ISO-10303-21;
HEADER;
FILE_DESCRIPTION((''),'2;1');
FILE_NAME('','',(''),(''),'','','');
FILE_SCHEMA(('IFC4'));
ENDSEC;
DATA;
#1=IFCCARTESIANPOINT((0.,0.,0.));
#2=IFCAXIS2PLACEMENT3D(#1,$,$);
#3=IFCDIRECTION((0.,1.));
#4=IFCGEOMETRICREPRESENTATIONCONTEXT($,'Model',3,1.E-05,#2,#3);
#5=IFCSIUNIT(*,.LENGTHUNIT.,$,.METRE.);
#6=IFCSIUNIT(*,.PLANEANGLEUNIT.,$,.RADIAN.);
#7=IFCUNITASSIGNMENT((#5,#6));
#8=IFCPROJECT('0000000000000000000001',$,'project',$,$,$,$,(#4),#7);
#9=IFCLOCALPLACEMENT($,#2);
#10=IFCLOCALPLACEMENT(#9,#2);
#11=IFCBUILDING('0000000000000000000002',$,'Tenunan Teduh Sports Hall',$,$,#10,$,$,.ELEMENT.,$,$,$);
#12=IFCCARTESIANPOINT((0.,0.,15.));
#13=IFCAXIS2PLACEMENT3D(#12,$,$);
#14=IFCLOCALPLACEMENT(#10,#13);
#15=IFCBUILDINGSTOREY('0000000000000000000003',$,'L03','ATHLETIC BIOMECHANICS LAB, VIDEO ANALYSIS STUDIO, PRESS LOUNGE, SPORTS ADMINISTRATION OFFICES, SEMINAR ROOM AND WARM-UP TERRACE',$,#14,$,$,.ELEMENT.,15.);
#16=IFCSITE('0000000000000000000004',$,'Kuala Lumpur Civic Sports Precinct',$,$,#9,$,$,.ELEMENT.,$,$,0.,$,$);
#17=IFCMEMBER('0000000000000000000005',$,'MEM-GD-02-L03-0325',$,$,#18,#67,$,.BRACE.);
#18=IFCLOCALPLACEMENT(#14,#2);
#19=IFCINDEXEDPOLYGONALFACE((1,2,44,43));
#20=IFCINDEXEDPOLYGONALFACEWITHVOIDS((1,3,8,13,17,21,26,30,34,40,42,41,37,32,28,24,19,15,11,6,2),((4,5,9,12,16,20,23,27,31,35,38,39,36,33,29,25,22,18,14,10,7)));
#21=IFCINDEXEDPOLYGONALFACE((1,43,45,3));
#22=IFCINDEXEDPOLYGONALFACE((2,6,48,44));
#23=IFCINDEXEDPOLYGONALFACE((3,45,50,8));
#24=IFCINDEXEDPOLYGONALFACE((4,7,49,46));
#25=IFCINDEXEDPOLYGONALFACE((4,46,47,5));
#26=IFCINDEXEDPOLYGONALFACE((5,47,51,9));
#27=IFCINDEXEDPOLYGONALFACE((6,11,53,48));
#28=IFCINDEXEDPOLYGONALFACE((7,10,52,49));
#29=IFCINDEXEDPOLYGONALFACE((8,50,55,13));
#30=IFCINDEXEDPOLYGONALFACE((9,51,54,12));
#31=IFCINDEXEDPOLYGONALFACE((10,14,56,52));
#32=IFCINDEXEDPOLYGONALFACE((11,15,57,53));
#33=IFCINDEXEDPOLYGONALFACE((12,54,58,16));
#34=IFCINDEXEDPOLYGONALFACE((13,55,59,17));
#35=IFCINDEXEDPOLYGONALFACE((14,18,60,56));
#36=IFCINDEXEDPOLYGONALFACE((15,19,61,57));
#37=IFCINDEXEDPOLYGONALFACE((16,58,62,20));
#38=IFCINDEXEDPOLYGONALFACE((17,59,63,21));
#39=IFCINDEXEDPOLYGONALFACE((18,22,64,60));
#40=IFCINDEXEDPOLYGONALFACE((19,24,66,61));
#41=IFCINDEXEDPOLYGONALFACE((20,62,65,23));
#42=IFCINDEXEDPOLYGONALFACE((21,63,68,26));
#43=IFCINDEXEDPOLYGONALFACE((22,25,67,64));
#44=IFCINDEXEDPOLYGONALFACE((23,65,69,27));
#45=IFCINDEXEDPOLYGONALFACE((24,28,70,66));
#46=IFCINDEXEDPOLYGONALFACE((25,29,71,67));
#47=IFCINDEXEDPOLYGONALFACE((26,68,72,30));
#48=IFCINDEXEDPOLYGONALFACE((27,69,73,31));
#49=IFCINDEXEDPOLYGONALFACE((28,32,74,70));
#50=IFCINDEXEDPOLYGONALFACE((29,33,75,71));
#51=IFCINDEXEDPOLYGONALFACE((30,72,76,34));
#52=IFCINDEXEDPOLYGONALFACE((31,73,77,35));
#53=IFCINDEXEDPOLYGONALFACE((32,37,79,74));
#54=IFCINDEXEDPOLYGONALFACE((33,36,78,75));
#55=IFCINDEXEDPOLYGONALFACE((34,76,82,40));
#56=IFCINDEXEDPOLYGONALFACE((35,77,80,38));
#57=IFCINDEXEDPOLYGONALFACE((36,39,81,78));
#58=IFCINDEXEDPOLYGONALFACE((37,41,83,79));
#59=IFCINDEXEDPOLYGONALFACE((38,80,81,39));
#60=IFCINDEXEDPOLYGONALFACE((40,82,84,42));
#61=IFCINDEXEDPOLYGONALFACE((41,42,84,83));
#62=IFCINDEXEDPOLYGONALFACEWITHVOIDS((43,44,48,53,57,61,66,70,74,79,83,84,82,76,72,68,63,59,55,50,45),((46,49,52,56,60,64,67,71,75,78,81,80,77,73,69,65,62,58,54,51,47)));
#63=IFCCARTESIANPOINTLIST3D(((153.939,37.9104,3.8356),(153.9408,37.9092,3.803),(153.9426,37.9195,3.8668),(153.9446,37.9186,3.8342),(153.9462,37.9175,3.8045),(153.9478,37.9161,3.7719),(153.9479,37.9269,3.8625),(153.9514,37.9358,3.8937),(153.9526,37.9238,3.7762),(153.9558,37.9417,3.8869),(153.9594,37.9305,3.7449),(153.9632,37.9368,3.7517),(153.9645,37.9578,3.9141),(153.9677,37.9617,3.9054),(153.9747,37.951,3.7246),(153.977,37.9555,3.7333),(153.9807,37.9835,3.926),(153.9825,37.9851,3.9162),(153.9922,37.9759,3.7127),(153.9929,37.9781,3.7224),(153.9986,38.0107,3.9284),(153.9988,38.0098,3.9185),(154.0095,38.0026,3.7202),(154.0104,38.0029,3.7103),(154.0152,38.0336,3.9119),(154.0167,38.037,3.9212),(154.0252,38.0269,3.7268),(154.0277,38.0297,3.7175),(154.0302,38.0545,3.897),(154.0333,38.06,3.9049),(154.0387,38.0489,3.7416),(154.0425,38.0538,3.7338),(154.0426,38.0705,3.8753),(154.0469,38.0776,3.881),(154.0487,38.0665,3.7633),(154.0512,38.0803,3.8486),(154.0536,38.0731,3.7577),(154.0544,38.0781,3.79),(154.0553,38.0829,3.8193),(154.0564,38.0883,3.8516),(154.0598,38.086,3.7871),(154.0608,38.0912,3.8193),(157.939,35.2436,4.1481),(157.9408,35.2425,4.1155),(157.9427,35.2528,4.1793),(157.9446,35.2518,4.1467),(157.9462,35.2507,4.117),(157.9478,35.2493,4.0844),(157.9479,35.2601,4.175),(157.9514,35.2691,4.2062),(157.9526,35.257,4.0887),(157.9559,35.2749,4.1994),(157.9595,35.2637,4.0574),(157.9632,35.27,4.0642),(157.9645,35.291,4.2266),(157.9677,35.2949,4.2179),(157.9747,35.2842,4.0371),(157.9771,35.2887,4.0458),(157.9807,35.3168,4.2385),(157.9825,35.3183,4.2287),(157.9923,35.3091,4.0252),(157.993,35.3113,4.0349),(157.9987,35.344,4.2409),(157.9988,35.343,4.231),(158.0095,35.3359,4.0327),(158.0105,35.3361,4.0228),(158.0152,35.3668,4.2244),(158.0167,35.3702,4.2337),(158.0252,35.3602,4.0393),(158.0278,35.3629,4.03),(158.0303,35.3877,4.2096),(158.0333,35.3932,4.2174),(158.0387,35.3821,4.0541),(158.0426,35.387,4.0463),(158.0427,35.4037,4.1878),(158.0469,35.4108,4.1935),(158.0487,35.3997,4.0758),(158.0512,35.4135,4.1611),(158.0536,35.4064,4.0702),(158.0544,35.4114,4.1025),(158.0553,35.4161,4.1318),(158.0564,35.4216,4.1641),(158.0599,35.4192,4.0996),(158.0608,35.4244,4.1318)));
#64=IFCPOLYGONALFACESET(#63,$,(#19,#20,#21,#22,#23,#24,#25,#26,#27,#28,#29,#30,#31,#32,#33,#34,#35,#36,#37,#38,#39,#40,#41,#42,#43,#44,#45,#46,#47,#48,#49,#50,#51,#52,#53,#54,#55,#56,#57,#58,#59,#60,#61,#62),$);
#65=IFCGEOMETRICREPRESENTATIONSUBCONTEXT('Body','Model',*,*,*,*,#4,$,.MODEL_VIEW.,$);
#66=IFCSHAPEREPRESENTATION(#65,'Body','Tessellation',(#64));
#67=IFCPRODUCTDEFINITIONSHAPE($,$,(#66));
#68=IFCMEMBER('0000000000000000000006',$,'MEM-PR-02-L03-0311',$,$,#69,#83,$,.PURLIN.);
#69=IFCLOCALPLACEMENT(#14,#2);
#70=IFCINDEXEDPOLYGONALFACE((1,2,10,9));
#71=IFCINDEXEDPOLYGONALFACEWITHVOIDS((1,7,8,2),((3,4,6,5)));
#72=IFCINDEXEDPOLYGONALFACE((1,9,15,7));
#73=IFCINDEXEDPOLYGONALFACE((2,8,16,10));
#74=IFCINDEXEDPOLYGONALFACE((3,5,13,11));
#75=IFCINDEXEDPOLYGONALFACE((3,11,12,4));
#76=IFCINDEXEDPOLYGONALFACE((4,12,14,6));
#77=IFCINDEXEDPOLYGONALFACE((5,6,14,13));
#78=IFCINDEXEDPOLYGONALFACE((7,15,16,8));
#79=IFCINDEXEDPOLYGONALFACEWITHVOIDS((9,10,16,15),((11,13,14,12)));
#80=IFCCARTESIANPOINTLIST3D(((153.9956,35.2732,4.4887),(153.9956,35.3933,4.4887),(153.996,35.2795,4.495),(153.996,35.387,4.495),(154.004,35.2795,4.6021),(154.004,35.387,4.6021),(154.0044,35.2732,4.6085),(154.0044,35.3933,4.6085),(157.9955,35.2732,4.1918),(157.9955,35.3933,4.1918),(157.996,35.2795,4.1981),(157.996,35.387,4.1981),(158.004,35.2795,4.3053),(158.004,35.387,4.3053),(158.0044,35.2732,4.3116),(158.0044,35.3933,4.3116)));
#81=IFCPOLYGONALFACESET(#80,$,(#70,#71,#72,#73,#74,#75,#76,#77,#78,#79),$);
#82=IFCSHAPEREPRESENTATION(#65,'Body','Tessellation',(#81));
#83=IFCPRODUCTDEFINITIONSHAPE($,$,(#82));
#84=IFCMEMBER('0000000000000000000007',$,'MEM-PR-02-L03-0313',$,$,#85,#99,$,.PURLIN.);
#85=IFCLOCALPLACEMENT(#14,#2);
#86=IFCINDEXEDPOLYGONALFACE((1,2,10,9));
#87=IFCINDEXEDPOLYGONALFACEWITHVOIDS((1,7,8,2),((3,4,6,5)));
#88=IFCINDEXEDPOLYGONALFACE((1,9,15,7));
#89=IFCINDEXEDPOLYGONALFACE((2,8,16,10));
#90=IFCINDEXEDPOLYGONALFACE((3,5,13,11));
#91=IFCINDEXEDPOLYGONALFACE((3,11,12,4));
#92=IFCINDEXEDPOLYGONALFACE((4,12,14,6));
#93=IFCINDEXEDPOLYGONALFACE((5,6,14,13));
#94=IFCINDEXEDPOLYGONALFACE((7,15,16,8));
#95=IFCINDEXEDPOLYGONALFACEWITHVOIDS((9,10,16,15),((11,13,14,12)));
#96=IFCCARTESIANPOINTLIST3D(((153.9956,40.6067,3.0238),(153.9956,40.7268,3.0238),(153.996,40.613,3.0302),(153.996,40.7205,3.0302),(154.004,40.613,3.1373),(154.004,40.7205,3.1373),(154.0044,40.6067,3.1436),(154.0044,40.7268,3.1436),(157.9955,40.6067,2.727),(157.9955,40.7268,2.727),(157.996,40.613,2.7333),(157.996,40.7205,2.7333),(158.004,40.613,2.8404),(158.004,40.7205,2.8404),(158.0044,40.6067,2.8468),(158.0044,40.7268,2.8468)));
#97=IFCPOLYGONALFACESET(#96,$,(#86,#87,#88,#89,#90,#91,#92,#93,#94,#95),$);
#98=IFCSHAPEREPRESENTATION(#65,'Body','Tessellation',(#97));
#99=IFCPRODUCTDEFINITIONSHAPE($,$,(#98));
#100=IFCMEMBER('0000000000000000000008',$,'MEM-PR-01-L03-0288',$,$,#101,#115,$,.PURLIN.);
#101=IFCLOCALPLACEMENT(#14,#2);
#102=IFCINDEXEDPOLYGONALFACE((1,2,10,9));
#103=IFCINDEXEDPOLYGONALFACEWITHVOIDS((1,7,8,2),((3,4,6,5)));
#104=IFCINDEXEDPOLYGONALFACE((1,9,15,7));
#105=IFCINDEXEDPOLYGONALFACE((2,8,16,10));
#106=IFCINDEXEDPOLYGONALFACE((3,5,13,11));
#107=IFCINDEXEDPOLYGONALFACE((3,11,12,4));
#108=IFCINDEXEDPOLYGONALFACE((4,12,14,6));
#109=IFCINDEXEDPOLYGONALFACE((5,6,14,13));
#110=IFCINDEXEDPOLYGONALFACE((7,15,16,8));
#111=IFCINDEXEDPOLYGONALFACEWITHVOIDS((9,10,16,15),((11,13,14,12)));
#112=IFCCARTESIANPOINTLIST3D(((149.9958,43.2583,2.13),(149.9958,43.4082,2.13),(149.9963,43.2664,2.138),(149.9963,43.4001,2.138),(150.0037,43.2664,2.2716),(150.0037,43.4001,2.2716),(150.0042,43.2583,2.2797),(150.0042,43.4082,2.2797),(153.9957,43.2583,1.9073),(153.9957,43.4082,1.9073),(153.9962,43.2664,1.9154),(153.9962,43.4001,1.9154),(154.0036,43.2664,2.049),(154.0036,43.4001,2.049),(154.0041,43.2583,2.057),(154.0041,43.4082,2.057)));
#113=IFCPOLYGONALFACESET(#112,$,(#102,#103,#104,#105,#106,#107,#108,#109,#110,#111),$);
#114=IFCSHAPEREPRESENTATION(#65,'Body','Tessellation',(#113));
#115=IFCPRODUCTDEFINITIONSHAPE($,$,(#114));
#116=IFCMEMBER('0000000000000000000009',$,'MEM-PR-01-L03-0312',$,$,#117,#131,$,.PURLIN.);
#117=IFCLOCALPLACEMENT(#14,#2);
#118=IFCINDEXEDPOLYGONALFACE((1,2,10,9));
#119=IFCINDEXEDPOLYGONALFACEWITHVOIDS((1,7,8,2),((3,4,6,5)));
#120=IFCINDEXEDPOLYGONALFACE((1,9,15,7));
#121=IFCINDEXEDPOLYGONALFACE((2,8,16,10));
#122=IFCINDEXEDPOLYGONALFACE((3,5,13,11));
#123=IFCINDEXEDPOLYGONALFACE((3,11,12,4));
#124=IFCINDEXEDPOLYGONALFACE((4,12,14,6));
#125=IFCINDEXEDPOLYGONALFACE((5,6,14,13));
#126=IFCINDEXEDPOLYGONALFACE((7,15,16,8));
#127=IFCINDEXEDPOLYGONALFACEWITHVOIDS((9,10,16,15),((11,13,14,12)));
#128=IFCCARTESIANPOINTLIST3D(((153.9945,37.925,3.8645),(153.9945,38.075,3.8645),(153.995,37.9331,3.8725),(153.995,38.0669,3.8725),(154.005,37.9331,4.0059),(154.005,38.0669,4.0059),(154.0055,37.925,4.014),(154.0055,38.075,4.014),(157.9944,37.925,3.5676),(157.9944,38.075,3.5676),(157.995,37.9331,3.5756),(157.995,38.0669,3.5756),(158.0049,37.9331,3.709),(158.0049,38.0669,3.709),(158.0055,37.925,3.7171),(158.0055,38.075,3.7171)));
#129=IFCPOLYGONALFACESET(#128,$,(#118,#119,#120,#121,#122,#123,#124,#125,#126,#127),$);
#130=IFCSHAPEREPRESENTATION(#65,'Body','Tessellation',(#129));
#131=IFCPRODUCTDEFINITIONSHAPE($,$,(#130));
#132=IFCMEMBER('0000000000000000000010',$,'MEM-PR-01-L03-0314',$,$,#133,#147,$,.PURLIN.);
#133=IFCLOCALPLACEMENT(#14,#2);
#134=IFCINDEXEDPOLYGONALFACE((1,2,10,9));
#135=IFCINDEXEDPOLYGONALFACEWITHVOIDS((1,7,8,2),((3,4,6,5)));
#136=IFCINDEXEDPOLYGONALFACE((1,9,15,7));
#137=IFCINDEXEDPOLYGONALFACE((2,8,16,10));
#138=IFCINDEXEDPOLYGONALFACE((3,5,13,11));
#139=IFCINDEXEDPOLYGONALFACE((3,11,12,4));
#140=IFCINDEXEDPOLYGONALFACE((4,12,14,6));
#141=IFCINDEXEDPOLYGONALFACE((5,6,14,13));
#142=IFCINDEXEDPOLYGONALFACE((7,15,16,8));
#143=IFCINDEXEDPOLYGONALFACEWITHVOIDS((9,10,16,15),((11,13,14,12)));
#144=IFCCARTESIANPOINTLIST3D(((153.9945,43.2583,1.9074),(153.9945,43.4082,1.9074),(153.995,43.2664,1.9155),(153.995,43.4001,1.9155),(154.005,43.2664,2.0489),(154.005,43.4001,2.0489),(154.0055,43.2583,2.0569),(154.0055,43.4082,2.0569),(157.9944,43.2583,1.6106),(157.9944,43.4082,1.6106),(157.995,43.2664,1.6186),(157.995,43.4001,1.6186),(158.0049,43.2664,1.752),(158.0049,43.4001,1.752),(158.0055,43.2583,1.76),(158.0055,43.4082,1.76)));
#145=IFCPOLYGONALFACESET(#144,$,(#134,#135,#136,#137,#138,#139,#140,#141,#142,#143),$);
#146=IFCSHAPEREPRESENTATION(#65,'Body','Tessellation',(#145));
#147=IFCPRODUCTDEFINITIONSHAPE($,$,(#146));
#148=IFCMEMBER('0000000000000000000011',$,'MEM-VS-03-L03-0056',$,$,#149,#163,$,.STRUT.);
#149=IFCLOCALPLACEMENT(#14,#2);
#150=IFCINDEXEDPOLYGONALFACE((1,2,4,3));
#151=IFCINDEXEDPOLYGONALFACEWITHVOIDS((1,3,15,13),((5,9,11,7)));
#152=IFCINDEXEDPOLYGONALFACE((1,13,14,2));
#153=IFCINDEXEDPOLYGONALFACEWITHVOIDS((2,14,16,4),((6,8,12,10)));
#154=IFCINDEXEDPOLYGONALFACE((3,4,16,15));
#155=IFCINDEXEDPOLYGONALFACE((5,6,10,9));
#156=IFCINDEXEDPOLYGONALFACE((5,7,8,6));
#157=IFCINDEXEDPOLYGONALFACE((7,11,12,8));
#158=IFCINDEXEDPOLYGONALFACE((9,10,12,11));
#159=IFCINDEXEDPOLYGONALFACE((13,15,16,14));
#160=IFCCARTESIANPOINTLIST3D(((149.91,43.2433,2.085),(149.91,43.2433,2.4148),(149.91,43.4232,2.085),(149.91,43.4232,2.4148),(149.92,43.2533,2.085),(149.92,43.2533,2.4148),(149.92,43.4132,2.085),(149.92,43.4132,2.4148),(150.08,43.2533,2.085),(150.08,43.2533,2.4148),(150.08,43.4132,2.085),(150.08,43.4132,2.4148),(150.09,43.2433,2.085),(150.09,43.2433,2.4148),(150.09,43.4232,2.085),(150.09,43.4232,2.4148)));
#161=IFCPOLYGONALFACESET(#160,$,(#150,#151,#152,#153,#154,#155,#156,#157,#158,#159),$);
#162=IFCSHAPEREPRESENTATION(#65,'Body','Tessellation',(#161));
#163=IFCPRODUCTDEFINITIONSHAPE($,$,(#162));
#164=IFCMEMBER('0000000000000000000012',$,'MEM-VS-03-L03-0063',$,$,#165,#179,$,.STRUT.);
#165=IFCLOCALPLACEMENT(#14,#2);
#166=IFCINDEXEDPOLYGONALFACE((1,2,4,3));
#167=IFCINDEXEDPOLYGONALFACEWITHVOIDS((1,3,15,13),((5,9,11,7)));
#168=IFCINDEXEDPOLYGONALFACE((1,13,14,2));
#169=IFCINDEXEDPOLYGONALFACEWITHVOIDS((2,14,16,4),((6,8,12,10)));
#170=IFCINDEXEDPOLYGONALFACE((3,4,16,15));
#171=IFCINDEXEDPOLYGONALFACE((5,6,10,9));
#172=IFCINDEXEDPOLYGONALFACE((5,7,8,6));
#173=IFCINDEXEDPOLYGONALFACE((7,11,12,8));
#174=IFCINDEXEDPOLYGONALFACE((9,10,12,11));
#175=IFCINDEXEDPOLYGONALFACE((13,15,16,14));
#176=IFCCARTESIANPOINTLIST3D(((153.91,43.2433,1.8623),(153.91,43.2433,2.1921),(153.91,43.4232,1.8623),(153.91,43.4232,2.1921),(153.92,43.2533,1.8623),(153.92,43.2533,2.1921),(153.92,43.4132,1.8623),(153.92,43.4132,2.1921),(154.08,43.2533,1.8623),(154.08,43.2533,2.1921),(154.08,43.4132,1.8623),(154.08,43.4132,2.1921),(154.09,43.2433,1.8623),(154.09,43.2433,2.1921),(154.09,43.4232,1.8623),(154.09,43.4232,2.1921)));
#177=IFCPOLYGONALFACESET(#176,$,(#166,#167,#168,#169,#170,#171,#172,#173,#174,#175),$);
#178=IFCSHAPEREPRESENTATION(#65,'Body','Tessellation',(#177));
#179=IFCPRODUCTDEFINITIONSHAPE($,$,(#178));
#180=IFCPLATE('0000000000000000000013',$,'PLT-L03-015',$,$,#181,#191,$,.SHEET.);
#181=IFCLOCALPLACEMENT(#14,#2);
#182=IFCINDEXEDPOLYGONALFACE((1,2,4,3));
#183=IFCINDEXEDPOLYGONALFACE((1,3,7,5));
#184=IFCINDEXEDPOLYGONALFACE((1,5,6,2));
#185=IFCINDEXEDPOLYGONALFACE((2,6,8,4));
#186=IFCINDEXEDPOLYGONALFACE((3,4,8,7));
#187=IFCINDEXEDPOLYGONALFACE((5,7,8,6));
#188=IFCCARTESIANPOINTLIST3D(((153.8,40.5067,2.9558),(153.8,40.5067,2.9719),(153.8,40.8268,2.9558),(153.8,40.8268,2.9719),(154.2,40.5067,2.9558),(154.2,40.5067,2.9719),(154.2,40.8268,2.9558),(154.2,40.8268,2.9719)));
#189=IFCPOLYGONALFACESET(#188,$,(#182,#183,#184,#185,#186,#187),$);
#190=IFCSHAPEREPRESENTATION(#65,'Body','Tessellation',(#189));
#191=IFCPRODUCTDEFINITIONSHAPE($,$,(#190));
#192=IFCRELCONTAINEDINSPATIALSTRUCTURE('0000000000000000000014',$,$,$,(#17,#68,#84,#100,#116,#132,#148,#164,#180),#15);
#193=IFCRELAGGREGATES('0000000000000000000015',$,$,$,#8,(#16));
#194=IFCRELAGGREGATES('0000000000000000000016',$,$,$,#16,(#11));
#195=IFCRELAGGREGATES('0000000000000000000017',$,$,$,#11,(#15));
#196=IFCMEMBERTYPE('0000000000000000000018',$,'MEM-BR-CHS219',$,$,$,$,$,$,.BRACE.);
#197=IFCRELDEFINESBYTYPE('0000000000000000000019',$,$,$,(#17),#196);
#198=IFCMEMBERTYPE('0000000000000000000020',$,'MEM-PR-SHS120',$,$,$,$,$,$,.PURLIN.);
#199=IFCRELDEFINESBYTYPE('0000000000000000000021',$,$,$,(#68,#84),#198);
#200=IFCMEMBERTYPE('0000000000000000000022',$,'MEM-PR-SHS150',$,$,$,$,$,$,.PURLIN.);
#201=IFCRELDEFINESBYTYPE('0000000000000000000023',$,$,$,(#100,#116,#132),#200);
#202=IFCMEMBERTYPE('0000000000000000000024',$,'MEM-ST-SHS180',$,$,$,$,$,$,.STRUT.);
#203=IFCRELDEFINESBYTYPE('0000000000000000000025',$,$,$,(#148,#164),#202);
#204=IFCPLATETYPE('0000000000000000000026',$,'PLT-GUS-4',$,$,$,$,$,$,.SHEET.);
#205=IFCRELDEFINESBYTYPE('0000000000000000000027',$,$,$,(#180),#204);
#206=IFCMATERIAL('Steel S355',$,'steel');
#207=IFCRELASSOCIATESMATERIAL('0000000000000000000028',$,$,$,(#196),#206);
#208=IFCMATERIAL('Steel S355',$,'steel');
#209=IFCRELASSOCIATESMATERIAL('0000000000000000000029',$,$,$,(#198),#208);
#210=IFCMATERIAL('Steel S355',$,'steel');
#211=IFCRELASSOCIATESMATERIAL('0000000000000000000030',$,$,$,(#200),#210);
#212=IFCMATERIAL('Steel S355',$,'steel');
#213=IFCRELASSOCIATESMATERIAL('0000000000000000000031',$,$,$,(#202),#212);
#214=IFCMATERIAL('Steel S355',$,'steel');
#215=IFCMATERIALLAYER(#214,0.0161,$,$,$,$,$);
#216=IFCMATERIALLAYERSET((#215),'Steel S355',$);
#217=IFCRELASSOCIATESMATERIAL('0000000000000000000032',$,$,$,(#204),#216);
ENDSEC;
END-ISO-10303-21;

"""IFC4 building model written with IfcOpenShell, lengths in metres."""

from ifc_helpers import new_model, si_unit, direction, frame, origin, origin_2d, place, context, subcontext, project, spatial, rectangle, hollow_rectangle, hollow_circle, extrude, material, layer, layer_set, material_profile, profile_set, type_object, element, save


model = new_model("IFC4")

# Units and contexts
model_context = context("Model", 3, precision=1e-05, world=origin(), true_north=direction((0.0, 1.0)))
body_context = subcontext(model_context, "Body", "Model", "MODEL_VIEW")
ifc_project = project(units=[si_unit("LENGTHUNIT", "METRE"), si_unit("PLANEANGLEUNIT", "RADIAN")], contexts=[model_context])

# Site, building, storey
site_placement = place(None, origin())
site = spatial("IfcSite", under=ifc_project, at=site_placement, Name="Kuala Lumpur Civic Sports Precinct", CompositionType="ELEMENT", RefElevation=0.0)
building_placement = place(site_placement, origin())
building = spatial("IfcBuilding", under=site, at=building_placement, Name="Tenunan Teduh Sports Hall", CompositionType="ELEMENT")
storey_placement = place(building_placement, frame((0.0, 0.0, 15.0)))
storey = spatial("IfcBuildingStorey", under=building, at=storey_placement, Name="L03", Description="ATHLETIC BIOMECHANICS LAB, VIDEO ANALYSIS STUDIO, PRESS LOUNGE, SPORTS ADMINISTRATION OFFICES, SEMINAR ROOM AND WARM-UP TERRACE", CompositionType="ELEMENT", Elevation=15.0)

# Members
ifc_material_1 = material(Name="Steel S355", Category="steel")
ifc_material_profile_1 = material_profile(ifc_material_1, hollow_circle(Radius=0.1096, WallThickness=0.01, at=origin_2d()), Name="CHS 219.1x10.0")
ifc_profile_set_1 = profile_set([ifc_material_profile_1], Name="Steel S355")
member_type_1 = type_object("IfcMemberType", Name="MEM-BR-CHS219", PredefinedType="BRACE", material=ifc_profile_set_1)
member_1_placement = place(storey_placement, frame((154.0, 38.0, 3.8193), z_axis=(0.83029, -0.553544, 0.064866), x_axis=(0.554712, 0.832042, 0.0)))
element("IfcMember", 1, at=member_1_placement, inside=storey, type_object=member_type_1, Name="MEM-GD-02-L03-0325", PredefinedType="BRACE", context=body_context, shape_type="SweptSolid", body=[
    extrude(hollow_circle(Radius=0.1096, WallThickness=0.01, at=origin_2d()), origin(), (0.0, 0.0, 1.0), 4.8176),
])
ifc_material_2 = material(Name="Steel S355", Category="steel")
ifc_material_profile_2 = material_profile(ifc_material_2, hollow_rectangle(XDim=0.1201, YDim=0.1201, WallThickness=0.0063, at=origin_2d()), Name="SHS 120x120x6.3")
ifc_profile_set_2 = profile_set([ifc_material_profile_2], Name="Steel S355")
member_type_2 = type_object("IfcMemberType", Name="MEM-PR-SHS120", PredefinedType="PURLIN", material=ifc_profile_set_2)
for number, where, z_axis, x_axis, name in (
    (2, (154.0, 35.3333, 4.5486), (0.997257, 0.0, -0.074015), (0.0, 1.0, 0.0), "MEM-PR-02-L03-0311"),
    (3, (154.0, 40.6667, 3.0837), (0.997257, 0.0, -0.074015), (0.0, 1.0, 0.0), "MEM-PR-02-L03-0313"),
):
    element("IfcMember", number, at=place(storey_placement, frame(where, z_axis=z_axis, x_axis=x_axis)), inside=storey, type_object=member_type_2, Name=name, PredefinedType="PURLIN", context=body_context, shape_type="SweptSolid", body=[
        extrude(hollow_rectangle(XDim=0.1201, YDim=0.1201, WallThickness=0.0063, at=origin_2d()), origin(), (0.0, 0.0, 1.0), 4.011),
    ])
ifc_material_3 = material(Name="Steel S355", Category="steel")
ifc_material_profile_3 = material_profile(ifc_material_3, hollow_rectangle(XDim=0.1499, YDim=0.1499, WallThickness=0.0081, at=origin_2d()), Name="SHS 150x150x8.0")
ifc_profile_set_3 = profile_set([ifc_material_profile_3], Name="Steel S355")
member_type_3 = type_object("IfcMemberType", Name="MEM-PR-SHS150", PredefinedType="PURLIN", material=ifc_profile_set_3)
member_2_placement = place(storey_placement, frame((150.0, 43.3333, 2.2048), z_axis=(0.998454, 0.0, -0.055578), x_axis=(0.0, 1.0, 0.0)))
element("IfcMember", 4, at=member_2_placement, inside=storey, type_object=member_type_3, Name="MEM-PR-01-L03-0288", PredefinedType="PURLIN", context=body_context, shape_type="SweptSolid", body=[
    extrude(hollow_rectangle(XDim=0.1499, YDim=0.1499, WallThickness=0.0081, at=origin_2d()), origin(), (0.0, 0.0, 1.0), 4.0061),
])
for number, where, z_axis, x_axis, name in (
    (5, (154.0, 38.0, 3.9392), (0.997257, 0.0, -0.074015), (0.0, 1.0, 0.0), "MEM-PR-01-L03-0312"),
    (6, (154.0, 43.3333, 1.9822), (0.997257, 0.0, -0.074015), (0.0, 1.0, 0.0), "MEM-PR-01-L03-0314"),
):
    element("IfcMember", number, at=place(storey_placement, frame(where, z_axis=z_axis, x_axis=x_axis)), inside=storey, type_object=member_type_3, Name=name, PredefinedType="PURLIN", context=body_context, shape_type="SweptSolid", body=[
        extrude(hollow_rectangle(XDim=0.1499, YDim=0.1499, WallThickness=0.0081, at=origin_2d()), origin(), (0.0, 0.0, 1.0), 4.011),
    ])
ifc_material_4 = material(Name="Steel S355", Category="steel")
ifc_material_profile_4 = material_profile(ifc_material_4, hollow_rectangle(XDim=0.1799, YDim=0.1799, WallThickness=0.01, at=origin_2d()), Name="SHS 180x180x10.0")
ifc_profile_set_4 = profile_set([ifc_material_profile_4], Name="Steel S355")
member_type_4 = type_object("IfcMemberType", Name="MEM-ST-SHS180", PredefinedType="STRUT", material=ifc_profile_set_4)
for number, where, z_axis, x_axis, name in (
    (7, (150.0, 43.3333, 2.085), (0.0, 0.0, 1.0), (1.0, 0.0, 0.0), "MEM-VS-03-L03-0056"),
    (8, (154.0, 43.3333, 1.8623), (0.0, 0.0, 1.0), (1.0, 0.0, 0.0), "MEM-VS-03-L03-0063"),
):
    element("IfcMember", number, at=place(storey_placement, frame(where, z_axis=z_axis, x_axis=x_axis)), inside=storey, type_object=member_type_4, Name=name, PredefinedType="STRUT", context=body_context, shape_type="SweptSolid", body=[
        extrude(hollow_rectangle(XDim=0.1799, YDim=0.1799, WallThickness=0.01, at=origin_2d()), origin(), (0.0, 0.0, 1.0), 0.3298),
    ])

# Plate
ifc_material_5 = material(Name="Steel S355", Category="steel")
ifc_layer_1 = layer(ifc_material_5, 0.0161)
ifc_layer_set_1 = layer_set([ifc_layer_1], Name="Steel S355")
plate_type = type_object("IfcPlateType", Name="PLT-GUS-4", PredefinedType="SHEET", material=ifc_layer_set_1)
plate_placement = place(storey_placement, frame((154.0, 40.6667, 2.9558), z_axis=(0.0, 0.0, 1.0), x_axis=(1.0, 0.0, 0.0)))
element("IfcPlate", 9, at=plate_placement, inside=storey, type_object=plate_type, Name="PLT-L03-015", PredefinedType="SHEET", context=body_context, shape_type="SweptSolid", body=[
    extrude(rectangle(XDim=0.3999, YDim=0.3201, at=origin_2d()), origin(), (0.0, 0.0, 1.0), 0.0161),
])

save(model, "model.ifc")
